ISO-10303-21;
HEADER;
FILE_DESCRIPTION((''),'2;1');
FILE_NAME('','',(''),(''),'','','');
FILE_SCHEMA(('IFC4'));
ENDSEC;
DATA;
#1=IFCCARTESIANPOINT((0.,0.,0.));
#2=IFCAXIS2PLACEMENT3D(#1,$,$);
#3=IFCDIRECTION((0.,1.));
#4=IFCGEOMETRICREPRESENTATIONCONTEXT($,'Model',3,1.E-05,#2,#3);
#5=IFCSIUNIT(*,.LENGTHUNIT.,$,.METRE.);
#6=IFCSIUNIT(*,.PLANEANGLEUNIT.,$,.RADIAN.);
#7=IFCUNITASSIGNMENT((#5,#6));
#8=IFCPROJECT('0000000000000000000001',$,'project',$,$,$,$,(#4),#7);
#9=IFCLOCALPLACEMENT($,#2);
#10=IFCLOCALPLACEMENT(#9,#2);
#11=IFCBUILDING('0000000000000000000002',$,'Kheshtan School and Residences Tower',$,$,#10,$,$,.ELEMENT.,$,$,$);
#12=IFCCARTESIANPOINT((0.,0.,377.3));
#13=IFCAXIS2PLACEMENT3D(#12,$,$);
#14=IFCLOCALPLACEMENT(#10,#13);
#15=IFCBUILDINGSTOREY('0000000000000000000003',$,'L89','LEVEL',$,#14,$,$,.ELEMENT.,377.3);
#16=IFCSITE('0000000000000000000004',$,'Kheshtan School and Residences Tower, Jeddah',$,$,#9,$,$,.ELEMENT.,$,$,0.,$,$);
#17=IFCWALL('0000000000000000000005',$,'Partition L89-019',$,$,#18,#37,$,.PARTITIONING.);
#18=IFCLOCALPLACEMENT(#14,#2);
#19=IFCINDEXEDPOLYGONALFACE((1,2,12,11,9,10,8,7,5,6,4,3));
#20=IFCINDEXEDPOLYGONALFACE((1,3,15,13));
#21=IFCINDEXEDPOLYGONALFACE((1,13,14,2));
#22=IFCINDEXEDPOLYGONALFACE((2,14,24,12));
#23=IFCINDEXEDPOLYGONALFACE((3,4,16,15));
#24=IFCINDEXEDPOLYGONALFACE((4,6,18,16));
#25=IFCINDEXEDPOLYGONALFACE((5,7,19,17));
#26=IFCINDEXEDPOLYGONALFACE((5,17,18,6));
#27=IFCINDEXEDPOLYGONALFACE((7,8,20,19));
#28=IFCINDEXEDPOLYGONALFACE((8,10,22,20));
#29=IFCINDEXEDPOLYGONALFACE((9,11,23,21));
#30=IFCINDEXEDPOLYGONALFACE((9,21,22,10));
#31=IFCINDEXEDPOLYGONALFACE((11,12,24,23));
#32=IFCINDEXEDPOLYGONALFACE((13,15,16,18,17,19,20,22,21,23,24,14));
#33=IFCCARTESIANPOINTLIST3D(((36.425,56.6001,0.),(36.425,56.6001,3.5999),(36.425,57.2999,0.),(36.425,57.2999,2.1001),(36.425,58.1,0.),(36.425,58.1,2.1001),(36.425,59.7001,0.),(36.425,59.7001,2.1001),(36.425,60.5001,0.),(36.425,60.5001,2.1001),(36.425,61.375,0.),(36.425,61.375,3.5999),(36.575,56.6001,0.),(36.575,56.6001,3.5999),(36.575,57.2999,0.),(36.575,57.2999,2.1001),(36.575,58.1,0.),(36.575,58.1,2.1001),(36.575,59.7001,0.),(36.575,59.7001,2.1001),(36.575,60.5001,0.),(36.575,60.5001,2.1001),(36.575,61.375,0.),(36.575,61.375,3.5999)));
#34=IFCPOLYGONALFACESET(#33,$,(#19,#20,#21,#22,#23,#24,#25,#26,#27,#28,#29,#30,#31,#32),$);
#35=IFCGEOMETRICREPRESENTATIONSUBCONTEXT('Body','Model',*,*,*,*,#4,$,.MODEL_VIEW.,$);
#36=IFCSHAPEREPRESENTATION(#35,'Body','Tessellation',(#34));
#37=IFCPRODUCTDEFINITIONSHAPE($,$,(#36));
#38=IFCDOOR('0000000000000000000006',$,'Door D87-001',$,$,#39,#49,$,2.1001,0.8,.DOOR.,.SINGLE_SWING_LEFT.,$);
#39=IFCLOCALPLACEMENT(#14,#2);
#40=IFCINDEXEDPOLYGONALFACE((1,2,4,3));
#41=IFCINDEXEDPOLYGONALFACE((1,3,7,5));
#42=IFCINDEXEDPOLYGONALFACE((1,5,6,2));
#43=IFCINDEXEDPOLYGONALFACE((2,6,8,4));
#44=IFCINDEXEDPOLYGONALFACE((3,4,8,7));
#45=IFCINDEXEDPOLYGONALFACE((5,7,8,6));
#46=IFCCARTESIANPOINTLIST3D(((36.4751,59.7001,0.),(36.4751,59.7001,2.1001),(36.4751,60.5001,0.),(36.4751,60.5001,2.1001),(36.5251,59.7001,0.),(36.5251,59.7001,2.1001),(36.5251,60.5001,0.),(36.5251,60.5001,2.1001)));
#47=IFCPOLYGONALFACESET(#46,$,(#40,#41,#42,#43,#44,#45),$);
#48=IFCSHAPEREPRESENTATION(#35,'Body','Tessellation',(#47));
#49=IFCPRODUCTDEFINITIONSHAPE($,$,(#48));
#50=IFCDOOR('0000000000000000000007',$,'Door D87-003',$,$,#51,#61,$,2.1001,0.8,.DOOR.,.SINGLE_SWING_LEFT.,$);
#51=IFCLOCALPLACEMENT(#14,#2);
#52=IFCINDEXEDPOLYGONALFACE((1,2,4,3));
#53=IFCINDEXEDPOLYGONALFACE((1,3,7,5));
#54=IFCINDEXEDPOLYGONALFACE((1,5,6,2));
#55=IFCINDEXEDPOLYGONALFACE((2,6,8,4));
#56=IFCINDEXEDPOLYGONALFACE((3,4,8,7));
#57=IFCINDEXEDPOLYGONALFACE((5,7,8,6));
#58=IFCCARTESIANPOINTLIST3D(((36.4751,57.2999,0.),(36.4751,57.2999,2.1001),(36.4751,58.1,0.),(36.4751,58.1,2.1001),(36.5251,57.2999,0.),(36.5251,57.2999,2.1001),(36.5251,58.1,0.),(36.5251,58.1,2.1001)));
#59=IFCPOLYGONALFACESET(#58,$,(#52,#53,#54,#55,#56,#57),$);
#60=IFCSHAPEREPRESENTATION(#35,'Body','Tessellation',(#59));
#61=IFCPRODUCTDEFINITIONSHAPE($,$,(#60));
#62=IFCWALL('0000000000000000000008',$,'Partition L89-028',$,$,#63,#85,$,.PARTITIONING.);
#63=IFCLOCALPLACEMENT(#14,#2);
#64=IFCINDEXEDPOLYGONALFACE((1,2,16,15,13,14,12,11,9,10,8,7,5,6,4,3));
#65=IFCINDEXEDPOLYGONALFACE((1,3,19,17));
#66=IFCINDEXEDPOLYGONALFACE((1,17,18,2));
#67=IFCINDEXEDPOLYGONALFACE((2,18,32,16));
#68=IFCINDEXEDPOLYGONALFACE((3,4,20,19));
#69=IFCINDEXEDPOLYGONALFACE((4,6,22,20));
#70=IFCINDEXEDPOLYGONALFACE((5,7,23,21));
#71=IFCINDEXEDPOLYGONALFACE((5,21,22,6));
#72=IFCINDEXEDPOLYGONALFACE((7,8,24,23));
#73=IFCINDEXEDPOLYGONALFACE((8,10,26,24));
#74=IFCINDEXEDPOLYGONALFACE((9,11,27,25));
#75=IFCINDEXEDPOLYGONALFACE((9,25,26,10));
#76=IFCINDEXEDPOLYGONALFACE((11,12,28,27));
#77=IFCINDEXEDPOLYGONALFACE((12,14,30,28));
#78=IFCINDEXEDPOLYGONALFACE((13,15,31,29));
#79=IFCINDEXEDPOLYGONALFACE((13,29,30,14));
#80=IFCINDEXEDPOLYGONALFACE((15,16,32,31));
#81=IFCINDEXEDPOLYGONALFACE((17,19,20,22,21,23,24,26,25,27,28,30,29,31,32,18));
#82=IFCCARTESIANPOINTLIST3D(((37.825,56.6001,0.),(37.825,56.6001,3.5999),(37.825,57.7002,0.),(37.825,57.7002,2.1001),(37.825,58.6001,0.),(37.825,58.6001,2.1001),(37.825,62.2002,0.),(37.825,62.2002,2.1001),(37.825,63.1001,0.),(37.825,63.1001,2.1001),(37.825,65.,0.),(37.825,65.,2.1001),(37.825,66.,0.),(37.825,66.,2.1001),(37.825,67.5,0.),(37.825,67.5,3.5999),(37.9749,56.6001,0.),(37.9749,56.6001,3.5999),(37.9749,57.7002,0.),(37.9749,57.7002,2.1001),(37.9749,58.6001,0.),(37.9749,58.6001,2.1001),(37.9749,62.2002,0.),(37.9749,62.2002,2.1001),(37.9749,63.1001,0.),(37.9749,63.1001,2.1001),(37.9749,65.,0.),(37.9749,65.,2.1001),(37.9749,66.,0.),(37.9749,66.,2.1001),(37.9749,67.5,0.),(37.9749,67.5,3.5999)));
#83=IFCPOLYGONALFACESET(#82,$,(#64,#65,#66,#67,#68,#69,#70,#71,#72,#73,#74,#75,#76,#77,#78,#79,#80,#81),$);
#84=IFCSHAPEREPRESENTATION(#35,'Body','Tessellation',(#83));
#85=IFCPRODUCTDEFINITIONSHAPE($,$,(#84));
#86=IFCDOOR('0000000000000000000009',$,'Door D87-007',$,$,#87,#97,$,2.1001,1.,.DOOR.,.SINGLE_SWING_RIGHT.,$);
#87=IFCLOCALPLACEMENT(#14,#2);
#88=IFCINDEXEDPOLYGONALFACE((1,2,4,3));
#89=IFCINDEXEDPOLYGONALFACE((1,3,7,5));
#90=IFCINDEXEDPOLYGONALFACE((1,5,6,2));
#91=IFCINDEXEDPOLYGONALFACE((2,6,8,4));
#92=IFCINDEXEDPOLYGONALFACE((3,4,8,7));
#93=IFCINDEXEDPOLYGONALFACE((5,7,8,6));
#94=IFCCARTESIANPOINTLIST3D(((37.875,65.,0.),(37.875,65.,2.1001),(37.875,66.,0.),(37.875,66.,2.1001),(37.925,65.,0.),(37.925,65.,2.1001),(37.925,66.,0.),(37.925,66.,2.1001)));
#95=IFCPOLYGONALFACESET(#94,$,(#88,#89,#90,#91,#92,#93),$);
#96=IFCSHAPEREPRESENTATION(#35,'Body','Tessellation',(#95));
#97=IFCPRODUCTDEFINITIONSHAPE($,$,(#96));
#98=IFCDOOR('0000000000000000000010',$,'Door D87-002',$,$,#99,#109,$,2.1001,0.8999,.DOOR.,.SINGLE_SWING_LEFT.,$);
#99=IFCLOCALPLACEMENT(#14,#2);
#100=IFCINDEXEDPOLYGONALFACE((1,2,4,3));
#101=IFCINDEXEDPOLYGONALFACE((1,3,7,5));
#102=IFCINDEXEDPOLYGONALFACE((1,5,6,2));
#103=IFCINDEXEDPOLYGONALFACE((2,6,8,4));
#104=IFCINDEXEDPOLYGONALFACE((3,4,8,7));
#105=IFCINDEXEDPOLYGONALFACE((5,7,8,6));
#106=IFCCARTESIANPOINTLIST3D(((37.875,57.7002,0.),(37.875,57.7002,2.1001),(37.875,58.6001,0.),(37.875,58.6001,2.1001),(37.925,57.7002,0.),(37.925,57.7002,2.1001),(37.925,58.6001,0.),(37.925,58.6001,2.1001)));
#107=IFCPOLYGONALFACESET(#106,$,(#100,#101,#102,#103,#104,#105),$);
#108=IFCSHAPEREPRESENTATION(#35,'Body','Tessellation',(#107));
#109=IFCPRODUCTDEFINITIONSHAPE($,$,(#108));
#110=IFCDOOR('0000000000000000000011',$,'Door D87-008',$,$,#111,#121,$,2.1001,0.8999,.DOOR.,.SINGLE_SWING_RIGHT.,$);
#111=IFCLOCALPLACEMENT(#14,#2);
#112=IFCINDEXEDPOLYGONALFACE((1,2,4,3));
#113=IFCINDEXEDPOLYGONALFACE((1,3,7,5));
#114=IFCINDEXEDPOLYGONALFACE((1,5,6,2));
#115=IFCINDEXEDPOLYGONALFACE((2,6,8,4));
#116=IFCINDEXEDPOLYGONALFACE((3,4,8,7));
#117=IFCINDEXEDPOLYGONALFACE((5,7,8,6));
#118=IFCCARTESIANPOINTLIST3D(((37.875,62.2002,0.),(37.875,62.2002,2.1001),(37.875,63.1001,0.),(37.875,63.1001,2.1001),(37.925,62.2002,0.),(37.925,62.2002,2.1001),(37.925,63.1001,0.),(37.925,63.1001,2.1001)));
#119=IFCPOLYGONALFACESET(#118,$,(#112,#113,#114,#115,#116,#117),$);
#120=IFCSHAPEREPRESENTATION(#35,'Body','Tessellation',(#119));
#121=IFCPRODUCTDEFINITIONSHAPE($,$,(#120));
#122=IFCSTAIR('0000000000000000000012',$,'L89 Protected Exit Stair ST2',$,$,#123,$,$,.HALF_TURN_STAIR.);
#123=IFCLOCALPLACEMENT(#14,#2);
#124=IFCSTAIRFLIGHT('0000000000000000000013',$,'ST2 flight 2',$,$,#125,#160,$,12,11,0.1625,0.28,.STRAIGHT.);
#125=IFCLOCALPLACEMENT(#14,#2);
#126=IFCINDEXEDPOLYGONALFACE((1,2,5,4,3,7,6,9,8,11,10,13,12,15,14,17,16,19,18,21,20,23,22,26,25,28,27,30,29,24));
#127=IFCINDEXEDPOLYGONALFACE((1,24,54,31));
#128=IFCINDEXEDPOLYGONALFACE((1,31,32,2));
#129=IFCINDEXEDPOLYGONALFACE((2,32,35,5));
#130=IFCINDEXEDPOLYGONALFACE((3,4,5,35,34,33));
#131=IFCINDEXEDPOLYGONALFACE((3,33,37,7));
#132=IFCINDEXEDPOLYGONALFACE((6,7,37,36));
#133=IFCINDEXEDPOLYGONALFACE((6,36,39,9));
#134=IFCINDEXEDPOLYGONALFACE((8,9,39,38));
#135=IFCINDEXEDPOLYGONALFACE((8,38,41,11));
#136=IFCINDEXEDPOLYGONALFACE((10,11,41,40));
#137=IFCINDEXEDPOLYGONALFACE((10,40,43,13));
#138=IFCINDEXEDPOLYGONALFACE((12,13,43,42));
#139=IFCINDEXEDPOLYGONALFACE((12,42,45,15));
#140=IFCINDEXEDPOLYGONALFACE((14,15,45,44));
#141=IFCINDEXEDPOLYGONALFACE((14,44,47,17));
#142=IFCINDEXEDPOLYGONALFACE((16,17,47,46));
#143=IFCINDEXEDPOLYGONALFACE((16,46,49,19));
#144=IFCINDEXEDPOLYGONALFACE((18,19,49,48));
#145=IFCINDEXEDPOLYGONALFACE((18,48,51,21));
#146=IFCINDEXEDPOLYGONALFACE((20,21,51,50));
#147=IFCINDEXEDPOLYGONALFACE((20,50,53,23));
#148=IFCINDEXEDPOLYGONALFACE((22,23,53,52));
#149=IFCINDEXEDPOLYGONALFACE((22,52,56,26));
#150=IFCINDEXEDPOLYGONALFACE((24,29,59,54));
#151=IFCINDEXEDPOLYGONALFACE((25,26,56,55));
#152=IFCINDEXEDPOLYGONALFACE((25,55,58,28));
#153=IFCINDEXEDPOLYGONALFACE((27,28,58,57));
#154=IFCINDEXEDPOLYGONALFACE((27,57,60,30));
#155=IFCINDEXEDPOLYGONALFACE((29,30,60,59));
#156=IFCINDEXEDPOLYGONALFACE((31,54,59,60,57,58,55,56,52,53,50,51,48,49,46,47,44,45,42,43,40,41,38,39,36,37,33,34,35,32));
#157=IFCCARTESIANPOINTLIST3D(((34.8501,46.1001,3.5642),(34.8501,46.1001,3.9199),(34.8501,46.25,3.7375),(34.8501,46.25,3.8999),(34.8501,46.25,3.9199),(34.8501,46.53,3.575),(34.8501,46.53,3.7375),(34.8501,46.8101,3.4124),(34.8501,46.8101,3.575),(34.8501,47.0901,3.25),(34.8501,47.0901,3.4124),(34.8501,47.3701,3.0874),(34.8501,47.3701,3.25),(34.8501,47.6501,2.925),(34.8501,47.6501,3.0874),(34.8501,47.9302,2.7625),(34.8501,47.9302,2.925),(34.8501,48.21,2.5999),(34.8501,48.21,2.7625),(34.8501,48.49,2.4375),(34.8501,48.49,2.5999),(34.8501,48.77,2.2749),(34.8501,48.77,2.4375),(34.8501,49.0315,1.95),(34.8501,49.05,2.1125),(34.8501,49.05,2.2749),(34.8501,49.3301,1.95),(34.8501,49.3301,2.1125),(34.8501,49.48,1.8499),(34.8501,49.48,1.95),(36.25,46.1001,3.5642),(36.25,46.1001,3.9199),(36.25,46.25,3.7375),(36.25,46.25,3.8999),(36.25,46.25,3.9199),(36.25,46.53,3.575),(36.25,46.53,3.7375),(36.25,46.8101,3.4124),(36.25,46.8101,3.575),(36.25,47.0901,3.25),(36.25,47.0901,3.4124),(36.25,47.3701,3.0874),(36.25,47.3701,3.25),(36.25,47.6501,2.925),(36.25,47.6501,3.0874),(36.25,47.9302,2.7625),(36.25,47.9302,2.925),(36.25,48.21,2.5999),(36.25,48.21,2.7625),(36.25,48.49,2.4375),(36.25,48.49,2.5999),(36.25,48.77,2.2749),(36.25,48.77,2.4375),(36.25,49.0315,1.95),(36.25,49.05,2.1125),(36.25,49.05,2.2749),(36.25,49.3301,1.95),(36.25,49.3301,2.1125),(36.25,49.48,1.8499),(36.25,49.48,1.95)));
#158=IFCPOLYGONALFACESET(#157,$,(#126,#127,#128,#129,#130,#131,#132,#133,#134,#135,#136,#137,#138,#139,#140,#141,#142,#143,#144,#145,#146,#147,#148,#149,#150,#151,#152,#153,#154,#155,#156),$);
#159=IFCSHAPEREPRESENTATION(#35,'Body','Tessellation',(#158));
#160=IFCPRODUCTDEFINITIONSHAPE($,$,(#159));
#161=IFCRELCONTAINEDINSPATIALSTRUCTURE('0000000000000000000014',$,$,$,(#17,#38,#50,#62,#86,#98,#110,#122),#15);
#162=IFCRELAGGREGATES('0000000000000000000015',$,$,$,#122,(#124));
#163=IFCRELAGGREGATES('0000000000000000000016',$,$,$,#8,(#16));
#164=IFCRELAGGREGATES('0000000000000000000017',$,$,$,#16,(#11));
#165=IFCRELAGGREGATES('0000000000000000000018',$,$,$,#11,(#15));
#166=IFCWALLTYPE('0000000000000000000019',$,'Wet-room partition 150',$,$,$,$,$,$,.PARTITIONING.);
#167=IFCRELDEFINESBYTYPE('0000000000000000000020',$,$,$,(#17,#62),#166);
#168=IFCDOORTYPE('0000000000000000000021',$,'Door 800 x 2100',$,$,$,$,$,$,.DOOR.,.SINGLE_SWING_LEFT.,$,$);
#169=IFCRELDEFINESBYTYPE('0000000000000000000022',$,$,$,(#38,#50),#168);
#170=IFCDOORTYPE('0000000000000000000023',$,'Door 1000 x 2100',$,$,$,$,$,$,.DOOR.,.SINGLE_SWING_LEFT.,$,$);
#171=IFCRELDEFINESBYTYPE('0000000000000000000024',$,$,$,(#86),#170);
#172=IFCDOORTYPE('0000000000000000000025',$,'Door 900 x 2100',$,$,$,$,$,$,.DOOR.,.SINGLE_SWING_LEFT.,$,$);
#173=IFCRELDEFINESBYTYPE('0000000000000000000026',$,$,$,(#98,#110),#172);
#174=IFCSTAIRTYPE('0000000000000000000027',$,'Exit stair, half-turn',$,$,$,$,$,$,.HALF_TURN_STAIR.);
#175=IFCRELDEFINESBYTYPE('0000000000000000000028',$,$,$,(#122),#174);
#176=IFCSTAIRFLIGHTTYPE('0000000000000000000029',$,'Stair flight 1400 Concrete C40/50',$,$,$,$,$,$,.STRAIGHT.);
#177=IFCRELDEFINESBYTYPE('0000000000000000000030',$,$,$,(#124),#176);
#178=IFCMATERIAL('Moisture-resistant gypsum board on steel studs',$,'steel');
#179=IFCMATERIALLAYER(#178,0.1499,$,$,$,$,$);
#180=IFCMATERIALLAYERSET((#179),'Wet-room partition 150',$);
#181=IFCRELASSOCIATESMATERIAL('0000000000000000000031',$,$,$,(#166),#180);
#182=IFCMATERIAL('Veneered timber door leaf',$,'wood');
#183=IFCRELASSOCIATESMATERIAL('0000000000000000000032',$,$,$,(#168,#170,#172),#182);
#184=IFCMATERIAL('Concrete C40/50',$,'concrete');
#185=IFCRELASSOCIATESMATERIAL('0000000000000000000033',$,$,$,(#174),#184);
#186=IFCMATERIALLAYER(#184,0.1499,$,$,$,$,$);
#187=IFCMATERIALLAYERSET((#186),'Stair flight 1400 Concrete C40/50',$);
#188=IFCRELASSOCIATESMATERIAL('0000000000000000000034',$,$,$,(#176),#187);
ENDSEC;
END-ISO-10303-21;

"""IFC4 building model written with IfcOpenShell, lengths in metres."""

from ifc_helpers import new_model, si_unit, direction, frame, frame_2d, origin, place, context, subcontext, project, spatial, polyline, rectangle, outline, extrude, source, transform, mapped, material, layer, layer_set, type_object, element, fill, aggregate, save


model = new_model("IFC4")

# Units and contexts
model_context = context("Model", 3, precision=1e-05, world=origin(), true_north=direction((0.0, 1.0)))
body_context = subcontext(model_context, "Body", "Model", "MODEL_VIEW")
ifc_project = project(units=[si_unit("LENGTHUNIT", "METRE"), si_unit("PLANEANGLEUNIT", "RADIAN")], contexts=[model_context])

# Site, building, storey
site_placement = place(None, origin())
site = spatial("IfcSite", under=ifc_project, at=site_placement, Name="Kheshtan School and Residences Tower, Jeddah", CompositionType="ELEMENT", RefElevation=0.0)
building_placement = place(site_placement, origin())
building = spatial("IfcBuilding", under=site, at=building_placement, Name="Kheshtan School and Residences Tower", CompositionType="ELEMENT")
storey_placement = place(building_placement, frame((0.0, 0.0, 377.3)))
storey = spatial("IfcBuildingStorey", under=building, at=storey_placement, Name="L89", Description="LEVEL", CompositionType="ELEMENT", Elevation=377.3)

# Shared definitions
ifc_material_1 = material(Name="Concrete C40/50", Category="concrete")
ifc_material_2 = material(Name="Moisture-resistant gypsum board on steel studs", Category="steel")
ifc_layer_1 = layer(ifc_material_2, 0.1499)
ifc_layer_set_1 = layer_set([ifc_layer_1], Name="Wet-room partition 150")
wall_type_1 = type_object("IfcWallType", Name="Wet-room partition 150", PredefinedType="PARTITIONING", material=ifc_layer_set_1)

# Walls, openings, doors
wall_1_placement = place(storey_placement, frame((36.5, 56.6001, 0.0), z_axis=(0.0, 0.0, 1.0), x_axis=(0.0, 1.0, 0.0)))
wall_1 = element("IfcWall", 1, at=wall_1_placement, inside=storey, type_object=wall_type_1, Name="Partition L89-019", PredefinedType="PARTITIONING", context=body_context, shape_type="SweptSolid", body=[
    extrude(rectangle(XDim=4.7749, YDim=0.1499, at=frame_2d((2.3875, 0.0))), origin(), (0.0, 0.0, 1.0), 3.5999),
])
opening_1_placement = place(wall_1_placement, frame((3.1001, 0.0, 0.0)))
opening_1 = element("IfcOpeningElement", 2, at=opening_1_placement, cuts=wall_1, PredefinedType="OPENING", context=body_context, shape_type="SweptSolid", body=[
    extrude(rectangle(XDim=0.8, YDim=2.1001, at=frame_2d((0.3999, 1.05))), frame((0.0, 0.085, 0.0), z_axis=(0.0, -1.0, 0.0), x_axis=(1.0, 0.0, 0.0)), (0.0, 0.0, 1.0), 0.1699),
])
opening_2_placement = place(wall_1_placement, frame((0.7, 0.0, 0.0)))
opening_2 = element("IfcOpeningElement", 3, at=opening_2_placement, cuts=wall_1, PredefinedType="OPENING", context=body_context, shape_type="SweptSolid", body=[
    extrude(rectangle(XDim=0.8, YDim=2.1001, at=frame_2d((0.3999, 1.05))), frame((0.0, 0.085, 0.0), z_axis=(0.0, -1.0, 0.0), x_axis=(1.0, 0.0, 0.0)), (0.0, 0.0, 1.0), 0.1699),
])
ifc_material_3 = material(Name="Veneered timber door leaf", Category="wood")
door_type_1 = type_object("IfcDoorType", Name="Door 800 x 2100", OperationType="SINGLE_SWING_LEFT", PredefinedType="DOOR", material=ifc_material_3)
shared_shape_1 = source(origin(), body_context, "Body", "SweptSolid", [
    extrude(rectangle(XDim=0.8, YDim=2.1001, at=frame_2d((0.3999, 1.05))), frame((0.0, 0.0249, 0.0), z_axis=(0.0, -1.0, 0.0), x_axis=(1.0, 0.0, 0.0)), (0.0, 0.0, 1.0), 0.05),
])
door_1_placement = place(opening_1_placement, origin())
door_1 = element("IfcDoor", 4, at=door_1_placement, inside=storey, type_object=door_type_1, Name="Door D87-001", OperationType="SINGLE_SWING_LEFT", OverallHeight=2.1001, OverallWidth=0.8, PredefinedType="DOOR", context=body_context, shape_type="MappedRepresentation", body=[
    mapped(shared_shape_1, transform((0.0, 0.0, 0.0), x_axis=(1.0, 0.0, 0.0), y_axis=(0.0, 1.0, 0.0), z_axis=(0.0, 0.0, 1.0), scale=1.0)),
])
fill(opening_1, door_1)
door_2_placement = place(opening_2_placement, origin())
door_2 = element("IfcDoor", 5, at=door_2_placement, inside=storey, type_object=door_type_1, Name="Door D87-003", OperationType="SINGLE_SWING_LEFT", OverallHeight=2.1001, OverallWidth=0.8, PredefinedType="DOOR", context=body_context, shape_type="MappedRepresentation", body=[
    mapped(shared_shape_1, transform((0.0, 0.0, 0.0), x_axis=(1.0, 0.0, 0.0), y_axis=(0.0, 1.0, 0.0), z_axis=(0.0, 0.0, 1.0), scale=1.0)),
])
fill(opening_2, door_2)
wall_2_placement = place(storey_placement, frame((37.8999, 56.6001, 0.0), z_axis=(0.0, 0.0, 1.0), x_axis=(0.0, 1.0, 0.0)))
wall_2 = element("IfcWall", 6, at=wall_2_placement, inside=storey, type_object=wall_type_1, Name="Partition L89-028", PredefinedType="PARTITIONING", context=body_context, shape_type="SweptSolid", body=[
    extrude(rectangle(XDim=10.8999, YDim=0.1499, at=frame_2d((5.45, 0.0))), origin(), (0.0, 0.0, 1.0), 3.5999),
])
opening_3_placement = place(wall_2_placement, frame((1.1001, 0.0, 0.0)))
opening_3 = element("IfcOpeningElement", 7, at=opening_3_placement, cuts=wall_2, PredefinedType="OPENING", context=body_context, shape_type="SweptSolid", body=[
    extrude(rectangle(XDim=0.8999, YDim=2.1001, at=frame_2d((0.45, 1.05))), frame((0.0, 0.085, 0.0), z_axis=(0.0, -1.0, 0.0), x_axis=(1.0, 0.0, 0.0)), (0.0, 0.0, 1.0), 0.1699),
])
opening_4_placement = place(wall_2_placement, frame((8.3999, 0.0, 0.0)))
opening_4 = element("IfcOpeningElement", 8, at=opening_4_placement, cuts=wall_2, PredefinedType="OPENING", context=body_context, shape_type="SweptSolid", body=[
    extrude(rectangle(XDim=1.0, YDim=2.1001, at=frame_2d((0.5, 1.05))), frame((0.0, 0.085, 0.0), z_axis=(0.0, -1.0, 0.0), x_axis=(1.0, 0.0, 0.0)), (0.0, 0.0, 1.0), 0.1699),
])
opening_5_placement = place(wall_2_placement, frame((5.6001, 0.0, 0.0)))
opening_5 = element("IfcOpeningElement", 9, at=opening_5_placement, cuts=wall_2, PredefinedType="OPENING", context=body_context, shape_type="SweptSolid", body=[
    extrude(rectangle(XDim=0.8999, YDim=2.1001, at=frame_2d((0.45, 1.05))), frame((0.0, 0.085, 0.0), z_axis=(0.0, -1.0, 0.0), x_axis=(1.0, 0.0, 0.0)), (0.0, 0.0, 1.0), 0.1699),
])
door_type_2 = type_object("IfcDoorType", Name="Door 1000 x 2100", OperationType="SINGLE_SWING_LEFT", PredefinedType="DOOR", material=ifc_material_3)
shared_shape_2 = source(origin(), body_context, "Body", "SweptSolid", [
    extrude(rectangle(XDim=1.0, YDim=2.1001, at=frame_2d((0.5, 1.05))), frame((0.0, 0.0249, 0.0), z_axis=(0.0, -1.0, 0.0), x_axis=(1.0, 0.0, 0.0)), (0.0, 0.0, 1.0), 0.05),
])
door_3_placement = place(opening_4_placement, origin())
door_3 = element("IfcDoor", 10, at=door_3_placement, inside=storey, type_object=door_type_2, Name="Door D87-007", OperationType="SINGLE_SWING_RIGHT", OverallHeight=2.1001, OverallWidth=1.0, PredefinedType="DOOR", context=body_context, shape_type="MappedRepresentation", body=[
    mapped(shared_shape_2, transform((0.0, 0.0, 0.0), x_axis=(1.0, 0.0, 0.0), y_axis=(0.0, 1.0, 0.0), z_axis=(0.0, 0.0, 1.0), scale=1.0)),
])
fill(opening_4, door_3)
door_type_3 = type_object("IfcDoorType", Name="Door 900 x 2100", OperationType="SINGLE_SWING_LEFT", PredefinedType="DOOR", material=ifc_material_3)
shared_shape_3 = source(origin(), body_context, "Body", "SweptSolid", [
    extrude(rectangle(XDim=0.8999, YDim=2.1001, at=frame_2d((0.45, 1.05))), frame((0.0, 0.0249, 0.0), z_axis=(0.0, -1.0, 0.0), x_axis=(1.0, 0.0, 0.0)), (0.0, 0.0, 1.0), 0.05),
])
door_4_placement = place(opening_3_placement, origin())
door_4 = element("IfcDoor", 11, at=door_4_placement, inside=storey, type_object=door_type_3, Name="Door D87-002", OperationType="SINGLE_SWING_LEFT", OverallHeight=2.1001, OverallWidth=0.8999, PredefinedType="DOOR", context=body_context, shape_type="MappedRepresentation", body=[
    mapped(shared_shape_3, transform((0.0, 0.0, 0.0), x_axis=(1.0, 0.0, 0.0), y_axis=(0.0, 1.0, 0.0), z_axis=(0.0, 0.0, 1.0), scale=1.0)),
])
fill(opening_3, door_4)
door_5_placement = place(opening_5_placement, origin())
door_5 = element("IfcDoor", 12, at=door_5_placement, inside=storey, type_object=door_type_3, Name="Door D87-008", OperationType="SINGLE_SWING_RIGHT", OverallHeight=2.1001, OverallWidth=0.8999, PredefinedType="DOOR", context=body_context, shape_type="MappedRepresentation", body=[
    mapped(shared_shape_3, transform((0.0, 0.0, 0.0), x_axis=(1.0, 0.0, 0.0), y_axis=(0.0, 1.0, 0.0), z_axis=(0.0, 0.0, 1.0), scale=1.0)),
])
fill(opening_5, door_5)

# Stair, stair flight
stair_type = type_object("IfcStairType", Name="Exit stair, half-turn", PredefinedType="HALF_TURN_STAIR", material=ifc_material_1)
stair_placement = place(storey_placement, origin())
stair = element("IfcStair", 13, at=stair_placement, inside=storey, type_object=stair_type, Name="L89 Protected Exit Stair ST2", PredefinedType="HALF_TURN_STAIR")
ifc_layer_2 = layer(ifc_material_1, 0.1499)
ifc_layer_set_2 = layer_set([ifc_layer_2], Name="Stair flight 1400 Concrete C40/50")
stair_flight_type = type_object("IfcStairFlightType", Name="Stair flight 1400 Concrete C40/50", PredefinedType="STRAIGHT", material=ifc_layer_set_2)
stair_flight_placement = place(storey_placement, frame((35.55, 49.3301, 1.95), z_axis=(0.0, 0.0, 1.0), x_axis=(0.0, -1.0, 0.0)))
stair_flight = element("IfcStairFlight", 14, at=stair_flight_placement, type_object=stair_flight_type, Name="ST2 flight 2", NumberOfRisers=12, NumberOfTreads=11, PredefinedType="STRAIGHT", RiserHeight=0.1625, TreadLength=0.28, context=body_context, shape_type="SweptSolid", body=[
    extrude(outline(polyline([(-0.1499, -0.1001), (-0.1499, 0.0), (0.0, 0.0), (0.0, 0.1626), (0.28, 0.1626), (0.28, 0.325), (0.5601, 0.325), (0.5601, 0.4875), (0.8401, 0.4875), (0.8401, 0.6499), (1.1201, 0.6499), (1.1201, 0.8125), (1.3999, 0.8125), (1.3999, 0.9751), (1.6799, 0.9751), (1.6799, 1.1375), (1.96, 1.1375), (1.96, 1.3), (2.24, 1.3), (2.24, 1.4624), (2.52, 1.4624), (2.52, 1.625), (2.8, 1.625), (2.8, 1.7876), (3.0801, 1.7876), (3.0801, 1.95), (3.0801, 1.97), (3.23, 1.97), (3.23, 1.6143), (0.2986, 0.0), (-0.1499, -0.1001)])), frame((0.0, 0.7, 0.0), z_axis=(0.0, -1.0, 0.0), x_axis=(1.0, 0.0, 0.0)), (0.0, 0.0, 1.0), 1.3999),
])
aggregate(stair, [stair_flight])

save(model, "model.ifc")
